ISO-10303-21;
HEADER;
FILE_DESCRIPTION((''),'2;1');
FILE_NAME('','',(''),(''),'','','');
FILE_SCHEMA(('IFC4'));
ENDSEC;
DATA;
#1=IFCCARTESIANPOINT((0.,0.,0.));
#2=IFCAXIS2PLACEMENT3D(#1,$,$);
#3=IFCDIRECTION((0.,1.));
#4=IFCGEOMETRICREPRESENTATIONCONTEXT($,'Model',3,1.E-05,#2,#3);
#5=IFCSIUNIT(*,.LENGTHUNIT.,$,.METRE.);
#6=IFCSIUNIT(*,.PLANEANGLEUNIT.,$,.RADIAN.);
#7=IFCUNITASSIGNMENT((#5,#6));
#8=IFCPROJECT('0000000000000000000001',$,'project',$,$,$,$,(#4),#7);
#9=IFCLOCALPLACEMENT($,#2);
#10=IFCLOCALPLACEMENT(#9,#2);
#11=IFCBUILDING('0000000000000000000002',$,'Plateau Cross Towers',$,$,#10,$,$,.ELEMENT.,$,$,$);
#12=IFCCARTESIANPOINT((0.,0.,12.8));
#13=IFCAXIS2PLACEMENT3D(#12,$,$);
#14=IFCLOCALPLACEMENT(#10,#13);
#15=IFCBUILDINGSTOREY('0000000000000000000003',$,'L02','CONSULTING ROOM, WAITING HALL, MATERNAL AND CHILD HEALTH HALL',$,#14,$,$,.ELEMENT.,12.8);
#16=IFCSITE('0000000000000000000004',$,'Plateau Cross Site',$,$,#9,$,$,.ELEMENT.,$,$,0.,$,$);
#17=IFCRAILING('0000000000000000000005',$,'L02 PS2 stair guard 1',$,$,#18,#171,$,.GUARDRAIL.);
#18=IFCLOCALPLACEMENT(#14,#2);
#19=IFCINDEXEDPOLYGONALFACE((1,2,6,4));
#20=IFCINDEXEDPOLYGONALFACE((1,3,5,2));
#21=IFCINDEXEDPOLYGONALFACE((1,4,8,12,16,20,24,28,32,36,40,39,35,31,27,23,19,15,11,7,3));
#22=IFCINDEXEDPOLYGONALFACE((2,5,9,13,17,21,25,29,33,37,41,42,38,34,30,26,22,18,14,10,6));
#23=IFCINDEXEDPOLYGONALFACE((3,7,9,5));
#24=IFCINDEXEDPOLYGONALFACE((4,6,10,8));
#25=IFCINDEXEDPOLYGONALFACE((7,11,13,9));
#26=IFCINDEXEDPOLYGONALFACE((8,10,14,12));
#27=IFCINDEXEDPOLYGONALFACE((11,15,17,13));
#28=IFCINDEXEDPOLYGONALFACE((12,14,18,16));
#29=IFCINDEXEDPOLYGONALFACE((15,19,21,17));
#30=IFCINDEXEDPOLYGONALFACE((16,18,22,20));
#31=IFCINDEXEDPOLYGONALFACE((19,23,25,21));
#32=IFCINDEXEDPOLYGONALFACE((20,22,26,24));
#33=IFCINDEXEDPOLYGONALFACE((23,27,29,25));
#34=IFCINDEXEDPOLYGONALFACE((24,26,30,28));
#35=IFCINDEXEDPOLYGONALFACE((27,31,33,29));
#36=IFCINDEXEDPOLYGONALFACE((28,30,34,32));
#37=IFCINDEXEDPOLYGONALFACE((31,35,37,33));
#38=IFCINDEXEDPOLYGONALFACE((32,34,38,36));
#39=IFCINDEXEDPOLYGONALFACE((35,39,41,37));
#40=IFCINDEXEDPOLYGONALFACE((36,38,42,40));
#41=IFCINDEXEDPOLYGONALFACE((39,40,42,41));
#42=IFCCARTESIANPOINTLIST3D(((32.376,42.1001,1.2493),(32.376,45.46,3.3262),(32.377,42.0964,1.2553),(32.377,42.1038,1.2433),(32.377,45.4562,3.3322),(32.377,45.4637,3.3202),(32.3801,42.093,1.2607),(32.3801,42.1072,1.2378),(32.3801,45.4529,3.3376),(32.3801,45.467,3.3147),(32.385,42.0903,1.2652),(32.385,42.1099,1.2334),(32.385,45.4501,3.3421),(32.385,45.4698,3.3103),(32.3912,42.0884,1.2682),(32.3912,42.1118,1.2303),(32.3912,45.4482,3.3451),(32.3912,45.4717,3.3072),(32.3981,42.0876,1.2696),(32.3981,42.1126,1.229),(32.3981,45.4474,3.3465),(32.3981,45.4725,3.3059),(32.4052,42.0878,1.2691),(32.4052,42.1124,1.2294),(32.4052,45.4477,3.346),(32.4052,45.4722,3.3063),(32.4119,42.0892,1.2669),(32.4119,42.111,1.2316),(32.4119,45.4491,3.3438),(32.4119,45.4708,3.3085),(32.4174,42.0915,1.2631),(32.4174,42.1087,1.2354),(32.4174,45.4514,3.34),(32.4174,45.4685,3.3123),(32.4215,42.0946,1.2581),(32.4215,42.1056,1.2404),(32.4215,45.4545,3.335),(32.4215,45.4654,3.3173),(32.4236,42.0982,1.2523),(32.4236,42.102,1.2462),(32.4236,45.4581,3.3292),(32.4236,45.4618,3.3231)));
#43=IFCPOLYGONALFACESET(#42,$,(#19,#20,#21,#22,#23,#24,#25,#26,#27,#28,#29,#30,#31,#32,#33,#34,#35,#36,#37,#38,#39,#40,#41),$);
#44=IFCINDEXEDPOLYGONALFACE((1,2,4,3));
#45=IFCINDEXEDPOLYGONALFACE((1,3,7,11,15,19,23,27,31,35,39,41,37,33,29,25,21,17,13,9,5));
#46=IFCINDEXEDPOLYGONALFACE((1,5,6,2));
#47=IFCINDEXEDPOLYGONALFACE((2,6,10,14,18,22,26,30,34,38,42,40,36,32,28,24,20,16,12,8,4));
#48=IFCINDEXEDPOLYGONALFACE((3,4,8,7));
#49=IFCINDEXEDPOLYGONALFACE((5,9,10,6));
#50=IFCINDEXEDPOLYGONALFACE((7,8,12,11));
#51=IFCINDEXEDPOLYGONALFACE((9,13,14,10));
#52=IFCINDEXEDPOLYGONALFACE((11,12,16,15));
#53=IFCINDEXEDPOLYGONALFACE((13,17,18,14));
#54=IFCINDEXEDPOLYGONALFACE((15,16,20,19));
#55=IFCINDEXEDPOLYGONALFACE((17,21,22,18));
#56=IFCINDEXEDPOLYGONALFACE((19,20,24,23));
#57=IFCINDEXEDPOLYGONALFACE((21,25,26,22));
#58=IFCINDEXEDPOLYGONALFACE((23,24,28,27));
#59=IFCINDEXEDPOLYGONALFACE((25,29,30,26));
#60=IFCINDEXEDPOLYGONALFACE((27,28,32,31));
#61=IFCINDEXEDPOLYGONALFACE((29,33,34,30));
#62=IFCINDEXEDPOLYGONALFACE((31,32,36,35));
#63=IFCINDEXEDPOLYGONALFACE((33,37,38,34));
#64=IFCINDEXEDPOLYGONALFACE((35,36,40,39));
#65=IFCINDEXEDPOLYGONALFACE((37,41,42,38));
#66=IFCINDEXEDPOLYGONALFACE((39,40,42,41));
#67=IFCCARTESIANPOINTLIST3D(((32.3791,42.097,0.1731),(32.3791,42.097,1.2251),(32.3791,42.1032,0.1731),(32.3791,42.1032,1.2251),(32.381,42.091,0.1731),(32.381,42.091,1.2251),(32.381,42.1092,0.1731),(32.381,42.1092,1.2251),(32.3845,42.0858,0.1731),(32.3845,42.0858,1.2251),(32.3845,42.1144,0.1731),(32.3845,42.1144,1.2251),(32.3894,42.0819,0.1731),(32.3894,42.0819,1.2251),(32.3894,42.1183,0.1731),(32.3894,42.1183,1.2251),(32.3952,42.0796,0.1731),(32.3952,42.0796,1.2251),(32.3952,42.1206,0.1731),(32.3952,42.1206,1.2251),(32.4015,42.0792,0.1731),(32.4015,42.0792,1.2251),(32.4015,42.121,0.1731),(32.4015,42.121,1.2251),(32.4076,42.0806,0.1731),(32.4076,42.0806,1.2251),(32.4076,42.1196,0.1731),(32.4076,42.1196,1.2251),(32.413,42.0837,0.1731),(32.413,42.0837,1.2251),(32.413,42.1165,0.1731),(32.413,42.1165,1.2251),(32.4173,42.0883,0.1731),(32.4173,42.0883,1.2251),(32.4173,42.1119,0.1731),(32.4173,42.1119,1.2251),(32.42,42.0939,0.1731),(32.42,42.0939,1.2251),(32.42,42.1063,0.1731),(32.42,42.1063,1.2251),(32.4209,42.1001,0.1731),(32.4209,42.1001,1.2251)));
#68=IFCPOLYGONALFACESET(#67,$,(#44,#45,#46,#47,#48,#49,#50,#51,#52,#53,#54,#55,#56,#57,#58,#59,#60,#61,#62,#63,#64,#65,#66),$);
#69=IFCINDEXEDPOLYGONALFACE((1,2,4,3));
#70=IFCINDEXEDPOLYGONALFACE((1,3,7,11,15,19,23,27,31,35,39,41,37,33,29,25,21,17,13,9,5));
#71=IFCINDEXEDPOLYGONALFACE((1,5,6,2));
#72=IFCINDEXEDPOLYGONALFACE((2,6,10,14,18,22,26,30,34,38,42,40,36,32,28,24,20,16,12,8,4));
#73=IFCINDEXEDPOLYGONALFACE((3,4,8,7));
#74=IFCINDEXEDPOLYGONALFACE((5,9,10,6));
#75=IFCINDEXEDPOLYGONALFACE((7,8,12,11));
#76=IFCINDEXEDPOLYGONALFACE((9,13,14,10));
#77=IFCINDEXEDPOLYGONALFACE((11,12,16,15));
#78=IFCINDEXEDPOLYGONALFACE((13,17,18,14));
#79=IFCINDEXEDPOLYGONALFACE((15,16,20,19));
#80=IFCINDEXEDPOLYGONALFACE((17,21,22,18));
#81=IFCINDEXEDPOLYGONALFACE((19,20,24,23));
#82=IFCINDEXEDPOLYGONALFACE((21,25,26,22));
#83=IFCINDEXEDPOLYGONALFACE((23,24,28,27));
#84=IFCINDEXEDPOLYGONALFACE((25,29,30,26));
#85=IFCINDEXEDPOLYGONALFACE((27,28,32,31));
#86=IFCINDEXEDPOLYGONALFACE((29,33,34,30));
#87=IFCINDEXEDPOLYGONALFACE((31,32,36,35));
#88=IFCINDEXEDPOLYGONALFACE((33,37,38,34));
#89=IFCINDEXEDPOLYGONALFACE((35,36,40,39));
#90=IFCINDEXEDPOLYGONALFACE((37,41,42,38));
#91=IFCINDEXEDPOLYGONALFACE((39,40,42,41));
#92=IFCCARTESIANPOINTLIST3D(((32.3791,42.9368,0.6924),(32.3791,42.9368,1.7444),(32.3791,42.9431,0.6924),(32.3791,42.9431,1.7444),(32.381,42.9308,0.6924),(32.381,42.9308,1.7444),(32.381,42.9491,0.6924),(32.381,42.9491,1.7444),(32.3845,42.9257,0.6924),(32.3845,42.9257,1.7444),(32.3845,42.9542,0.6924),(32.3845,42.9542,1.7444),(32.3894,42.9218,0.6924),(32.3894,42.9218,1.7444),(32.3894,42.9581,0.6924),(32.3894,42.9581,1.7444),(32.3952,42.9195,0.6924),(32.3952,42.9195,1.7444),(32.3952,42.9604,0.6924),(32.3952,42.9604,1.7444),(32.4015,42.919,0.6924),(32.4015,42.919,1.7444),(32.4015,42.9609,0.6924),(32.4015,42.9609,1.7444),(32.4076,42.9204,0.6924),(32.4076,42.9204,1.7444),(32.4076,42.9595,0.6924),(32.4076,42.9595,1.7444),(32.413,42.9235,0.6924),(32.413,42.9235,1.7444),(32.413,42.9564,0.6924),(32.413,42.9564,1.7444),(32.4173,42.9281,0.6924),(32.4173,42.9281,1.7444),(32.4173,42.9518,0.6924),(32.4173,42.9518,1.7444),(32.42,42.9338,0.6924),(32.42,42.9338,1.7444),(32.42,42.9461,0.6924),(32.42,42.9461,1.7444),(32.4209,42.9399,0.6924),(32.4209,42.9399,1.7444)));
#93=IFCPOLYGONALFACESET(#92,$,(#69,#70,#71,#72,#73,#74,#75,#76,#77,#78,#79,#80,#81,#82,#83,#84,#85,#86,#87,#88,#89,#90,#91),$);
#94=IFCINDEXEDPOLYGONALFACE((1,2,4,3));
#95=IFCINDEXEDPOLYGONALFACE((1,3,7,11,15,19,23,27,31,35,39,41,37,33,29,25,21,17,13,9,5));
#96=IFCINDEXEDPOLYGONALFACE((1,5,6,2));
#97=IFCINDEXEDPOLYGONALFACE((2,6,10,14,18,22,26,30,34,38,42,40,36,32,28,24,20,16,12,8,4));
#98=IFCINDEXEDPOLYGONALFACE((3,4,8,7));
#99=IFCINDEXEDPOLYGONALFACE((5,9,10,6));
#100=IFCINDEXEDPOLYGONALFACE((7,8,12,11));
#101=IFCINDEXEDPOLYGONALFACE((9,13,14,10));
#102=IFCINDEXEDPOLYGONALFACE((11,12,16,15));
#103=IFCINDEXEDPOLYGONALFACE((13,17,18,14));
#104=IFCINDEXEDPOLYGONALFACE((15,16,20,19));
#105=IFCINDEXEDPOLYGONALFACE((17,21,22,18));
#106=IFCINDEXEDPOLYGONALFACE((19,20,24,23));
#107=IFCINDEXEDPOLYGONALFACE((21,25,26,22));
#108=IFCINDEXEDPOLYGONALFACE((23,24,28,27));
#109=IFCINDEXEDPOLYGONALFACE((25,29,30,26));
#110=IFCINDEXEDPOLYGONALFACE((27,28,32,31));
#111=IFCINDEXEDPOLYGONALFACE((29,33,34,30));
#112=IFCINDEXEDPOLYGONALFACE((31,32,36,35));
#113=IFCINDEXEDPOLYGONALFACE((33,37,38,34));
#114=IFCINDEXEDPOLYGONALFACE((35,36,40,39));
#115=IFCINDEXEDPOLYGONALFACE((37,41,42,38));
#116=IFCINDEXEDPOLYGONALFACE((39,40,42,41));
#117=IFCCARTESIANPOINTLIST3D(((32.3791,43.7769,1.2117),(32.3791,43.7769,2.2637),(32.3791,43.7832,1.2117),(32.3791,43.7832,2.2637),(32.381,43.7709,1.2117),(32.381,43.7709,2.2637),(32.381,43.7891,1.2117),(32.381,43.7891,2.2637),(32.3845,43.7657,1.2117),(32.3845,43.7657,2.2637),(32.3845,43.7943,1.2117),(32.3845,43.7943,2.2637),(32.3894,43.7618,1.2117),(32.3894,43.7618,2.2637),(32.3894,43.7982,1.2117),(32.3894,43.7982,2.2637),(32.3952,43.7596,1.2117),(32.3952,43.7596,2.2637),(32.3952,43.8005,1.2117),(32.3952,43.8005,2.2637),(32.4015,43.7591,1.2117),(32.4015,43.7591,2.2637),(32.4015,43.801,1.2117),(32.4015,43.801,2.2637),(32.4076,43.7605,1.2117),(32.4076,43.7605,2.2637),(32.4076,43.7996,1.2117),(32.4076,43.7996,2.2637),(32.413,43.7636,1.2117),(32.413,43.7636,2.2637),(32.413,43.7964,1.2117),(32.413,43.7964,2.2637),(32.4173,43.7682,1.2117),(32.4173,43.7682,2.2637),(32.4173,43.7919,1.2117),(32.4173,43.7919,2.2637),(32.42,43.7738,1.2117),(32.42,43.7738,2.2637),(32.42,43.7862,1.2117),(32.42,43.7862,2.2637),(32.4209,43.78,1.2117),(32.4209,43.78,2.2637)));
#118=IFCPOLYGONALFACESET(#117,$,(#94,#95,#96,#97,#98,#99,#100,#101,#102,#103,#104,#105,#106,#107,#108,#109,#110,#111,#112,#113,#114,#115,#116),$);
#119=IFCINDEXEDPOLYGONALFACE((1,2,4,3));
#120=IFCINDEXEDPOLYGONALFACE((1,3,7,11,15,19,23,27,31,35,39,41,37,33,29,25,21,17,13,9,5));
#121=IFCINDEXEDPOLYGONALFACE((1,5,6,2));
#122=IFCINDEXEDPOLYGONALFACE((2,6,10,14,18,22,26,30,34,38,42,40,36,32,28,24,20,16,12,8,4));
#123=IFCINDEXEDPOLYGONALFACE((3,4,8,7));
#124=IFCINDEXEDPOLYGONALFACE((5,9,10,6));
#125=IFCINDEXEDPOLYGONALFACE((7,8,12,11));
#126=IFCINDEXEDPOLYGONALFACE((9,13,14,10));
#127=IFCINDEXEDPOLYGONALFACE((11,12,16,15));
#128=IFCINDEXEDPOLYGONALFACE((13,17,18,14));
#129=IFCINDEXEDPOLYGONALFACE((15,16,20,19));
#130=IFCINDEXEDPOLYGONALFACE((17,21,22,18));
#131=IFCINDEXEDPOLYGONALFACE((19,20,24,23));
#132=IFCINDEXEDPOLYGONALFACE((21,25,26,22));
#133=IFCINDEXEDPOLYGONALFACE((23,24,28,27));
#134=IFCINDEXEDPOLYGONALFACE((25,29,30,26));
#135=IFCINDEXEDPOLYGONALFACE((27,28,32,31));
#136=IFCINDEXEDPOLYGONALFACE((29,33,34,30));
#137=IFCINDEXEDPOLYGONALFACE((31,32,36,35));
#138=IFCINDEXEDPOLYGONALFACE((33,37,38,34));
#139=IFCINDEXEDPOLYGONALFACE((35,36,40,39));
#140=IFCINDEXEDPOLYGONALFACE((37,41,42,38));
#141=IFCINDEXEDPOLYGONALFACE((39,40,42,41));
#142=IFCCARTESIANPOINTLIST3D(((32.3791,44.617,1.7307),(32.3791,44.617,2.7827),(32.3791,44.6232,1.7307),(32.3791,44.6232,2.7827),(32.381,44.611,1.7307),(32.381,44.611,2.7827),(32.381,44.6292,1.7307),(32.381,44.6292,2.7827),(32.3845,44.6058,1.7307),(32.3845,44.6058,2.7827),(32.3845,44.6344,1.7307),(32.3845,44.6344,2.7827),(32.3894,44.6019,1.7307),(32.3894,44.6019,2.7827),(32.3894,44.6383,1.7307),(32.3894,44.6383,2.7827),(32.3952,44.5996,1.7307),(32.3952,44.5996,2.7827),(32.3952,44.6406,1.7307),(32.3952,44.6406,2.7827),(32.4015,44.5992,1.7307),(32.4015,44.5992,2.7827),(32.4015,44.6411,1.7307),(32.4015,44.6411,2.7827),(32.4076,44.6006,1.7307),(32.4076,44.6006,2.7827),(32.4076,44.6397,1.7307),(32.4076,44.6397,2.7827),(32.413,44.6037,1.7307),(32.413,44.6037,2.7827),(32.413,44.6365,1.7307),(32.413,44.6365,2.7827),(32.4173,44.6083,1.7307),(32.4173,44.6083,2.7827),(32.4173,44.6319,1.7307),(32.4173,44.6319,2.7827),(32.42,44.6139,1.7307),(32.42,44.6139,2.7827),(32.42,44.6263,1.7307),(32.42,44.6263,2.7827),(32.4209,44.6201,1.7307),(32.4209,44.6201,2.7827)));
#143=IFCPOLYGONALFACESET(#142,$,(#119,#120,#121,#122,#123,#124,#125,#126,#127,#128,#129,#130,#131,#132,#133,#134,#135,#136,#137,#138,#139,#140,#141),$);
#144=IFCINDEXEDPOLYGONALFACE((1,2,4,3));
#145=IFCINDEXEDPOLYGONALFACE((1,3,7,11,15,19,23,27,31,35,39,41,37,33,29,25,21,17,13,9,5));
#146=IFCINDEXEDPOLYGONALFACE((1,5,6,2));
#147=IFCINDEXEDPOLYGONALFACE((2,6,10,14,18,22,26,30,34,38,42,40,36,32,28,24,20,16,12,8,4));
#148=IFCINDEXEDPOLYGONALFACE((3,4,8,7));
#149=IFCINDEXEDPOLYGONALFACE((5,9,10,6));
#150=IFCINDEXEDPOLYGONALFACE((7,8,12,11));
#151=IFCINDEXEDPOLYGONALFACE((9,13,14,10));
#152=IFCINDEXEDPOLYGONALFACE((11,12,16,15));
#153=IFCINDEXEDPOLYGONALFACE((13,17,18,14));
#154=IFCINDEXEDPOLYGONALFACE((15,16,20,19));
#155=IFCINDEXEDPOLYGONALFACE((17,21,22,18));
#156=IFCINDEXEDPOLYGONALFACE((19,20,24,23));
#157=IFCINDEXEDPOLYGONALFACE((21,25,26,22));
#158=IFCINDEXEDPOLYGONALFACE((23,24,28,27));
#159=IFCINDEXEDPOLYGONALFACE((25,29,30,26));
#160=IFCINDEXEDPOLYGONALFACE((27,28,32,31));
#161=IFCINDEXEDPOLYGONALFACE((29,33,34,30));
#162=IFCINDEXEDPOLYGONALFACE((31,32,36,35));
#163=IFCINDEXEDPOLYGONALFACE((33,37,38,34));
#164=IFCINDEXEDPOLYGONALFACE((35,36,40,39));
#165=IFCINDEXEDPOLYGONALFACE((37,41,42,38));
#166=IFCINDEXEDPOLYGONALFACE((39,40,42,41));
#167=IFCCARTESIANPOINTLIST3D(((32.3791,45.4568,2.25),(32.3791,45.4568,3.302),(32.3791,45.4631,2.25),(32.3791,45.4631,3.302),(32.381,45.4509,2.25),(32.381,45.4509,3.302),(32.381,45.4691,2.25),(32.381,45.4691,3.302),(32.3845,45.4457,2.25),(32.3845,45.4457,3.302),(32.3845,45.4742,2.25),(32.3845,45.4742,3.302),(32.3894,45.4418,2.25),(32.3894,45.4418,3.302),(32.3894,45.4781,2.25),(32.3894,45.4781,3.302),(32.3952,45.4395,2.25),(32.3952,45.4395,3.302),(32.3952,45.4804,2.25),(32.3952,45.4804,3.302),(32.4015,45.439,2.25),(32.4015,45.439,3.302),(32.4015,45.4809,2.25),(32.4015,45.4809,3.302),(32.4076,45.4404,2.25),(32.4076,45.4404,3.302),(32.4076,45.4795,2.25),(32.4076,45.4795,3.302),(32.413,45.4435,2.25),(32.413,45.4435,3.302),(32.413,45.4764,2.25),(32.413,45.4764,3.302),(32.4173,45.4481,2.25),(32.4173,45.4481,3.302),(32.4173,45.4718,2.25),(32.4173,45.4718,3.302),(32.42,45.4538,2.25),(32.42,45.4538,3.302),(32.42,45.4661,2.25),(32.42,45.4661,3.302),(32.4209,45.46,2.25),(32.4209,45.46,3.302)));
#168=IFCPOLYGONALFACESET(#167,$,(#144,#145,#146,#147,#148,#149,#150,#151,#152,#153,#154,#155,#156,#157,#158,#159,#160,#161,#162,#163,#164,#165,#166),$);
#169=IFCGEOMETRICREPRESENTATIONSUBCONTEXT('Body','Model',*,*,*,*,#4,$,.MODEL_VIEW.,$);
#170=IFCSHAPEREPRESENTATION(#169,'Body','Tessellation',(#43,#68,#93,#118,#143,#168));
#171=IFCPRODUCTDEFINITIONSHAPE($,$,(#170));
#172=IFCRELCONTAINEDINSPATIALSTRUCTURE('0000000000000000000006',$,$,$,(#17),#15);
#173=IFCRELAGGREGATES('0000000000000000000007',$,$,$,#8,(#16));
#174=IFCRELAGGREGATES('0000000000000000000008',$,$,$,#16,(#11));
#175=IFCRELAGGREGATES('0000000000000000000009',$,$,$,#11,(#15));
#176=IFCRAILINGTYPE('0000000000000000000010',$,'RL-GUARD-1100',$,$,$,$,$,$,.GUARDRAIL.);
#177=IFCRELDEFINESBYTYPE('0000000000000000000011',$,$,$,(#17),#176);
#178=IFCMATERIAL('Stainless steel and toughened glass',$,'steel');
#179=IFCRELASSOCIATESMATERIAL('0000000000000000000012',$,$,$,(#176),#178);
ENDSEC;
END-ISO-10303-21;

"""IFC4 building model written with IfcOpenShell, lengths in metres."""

from ifc_helpers import new_model, si_unit, direction, frame, origin, origin_2d, place, context, subcontext, project, spatial, circle, extrude, material, type_object, element, save


model = new_model("IFC4")

# Units and contexts
model_context = context("Model", 3, precision=1e-05, world=origin(), true_north=direction((0.0, 1.0)))
body_context = subcontext(model_context, "Body", "Model", "MODEL_VIEW")
ifc_project = project(units=[si_unit("LENGTHUNIT", "METRE"), si_unit("PLANEANGLEUNIT", "RADIAN")], contexts=[model_context])

# Site, building, storey
site_placement = place(None, origin())
site = spatial("IfcSite", under=ifc_project, at=site_placement, Name="Plateau Cross Site", CompositionType="ELEMENT", RefElevation=0.0)
building_placement = place(site_placement, origin())
building = spatial("IfcBuilding", under=site, at=building_placement, Name="Plateau Cross Towers", CompositionType="ELEMENT")
storey_placement = place(building_placement, frame((0.0, 0.0, 12.8)))
storey = spatial("IfcBuildingStorey", under=building, at=storey_placement, Name="L02", Description="CONSULTING ROOM, WAITING HALL, MATERNAL AND CHILD HEALTH HALL", CompositionType="ELEMENT", Elevation=12.8)

# Railing
ifc_material_1 = material(Name="Stainless steel and toughened glass", Category="steel")
railing_type_1 = type_object("IfcRailingType", Name="RL-GUARD-1100", PredefinedType="GUARDRAIL", material=ifc_material_1)
railing_1_placement = place(storey_placement, frame((32.3999, 42.1001, 0.1731)))
element("IfcRailing", 1, at=railing_1_placement, inside=storey, type_object=railing_type_1, Name="L02 PS2 stair guard 1", PredefinedType="GUARDRAIL", context=body_context, shape_type="SweptSolid", body=[
    extrude(circle(Radius=0.0239, at=origin_2d()), frame((0.0, 0.0, 1.0762), z_axis=(0.0, 0.850606, 0.525803), x_axis=(-1.0, 0.0, 0.0)), (0.0, 0.0, 1.0), 3.95),
    extrude(circle(Radius=0.021, at=origin_2d()), origin(), (0.0, 0.0, 1.0), 1.052),
    extrude(circle(Radius=0.021, at=origin_2d()), frame((0.0, 0.8398, 0.5193)), (0.0, 0.0, 1.0), 1.052),
    extrude(circle(Radius=0.021, at=origin_2d()), frame((0.0, 1.6799, 1.0386)), (0.0, 0.0, 1.0), 1.052),
    extrude(circle(Radius=0.021, at=origin_2d()), frame((0.0, 2.52, 1.5576)), (0.0, 0.0, 1.0), 1.052),
    extrude(circle(Radius=0.021, at=origin_2d()), frame((0.0, 3.3599, 2.0769)), (0.0, 0.0, 1.0), 1.052),
])

save(model, "model.ifc")
